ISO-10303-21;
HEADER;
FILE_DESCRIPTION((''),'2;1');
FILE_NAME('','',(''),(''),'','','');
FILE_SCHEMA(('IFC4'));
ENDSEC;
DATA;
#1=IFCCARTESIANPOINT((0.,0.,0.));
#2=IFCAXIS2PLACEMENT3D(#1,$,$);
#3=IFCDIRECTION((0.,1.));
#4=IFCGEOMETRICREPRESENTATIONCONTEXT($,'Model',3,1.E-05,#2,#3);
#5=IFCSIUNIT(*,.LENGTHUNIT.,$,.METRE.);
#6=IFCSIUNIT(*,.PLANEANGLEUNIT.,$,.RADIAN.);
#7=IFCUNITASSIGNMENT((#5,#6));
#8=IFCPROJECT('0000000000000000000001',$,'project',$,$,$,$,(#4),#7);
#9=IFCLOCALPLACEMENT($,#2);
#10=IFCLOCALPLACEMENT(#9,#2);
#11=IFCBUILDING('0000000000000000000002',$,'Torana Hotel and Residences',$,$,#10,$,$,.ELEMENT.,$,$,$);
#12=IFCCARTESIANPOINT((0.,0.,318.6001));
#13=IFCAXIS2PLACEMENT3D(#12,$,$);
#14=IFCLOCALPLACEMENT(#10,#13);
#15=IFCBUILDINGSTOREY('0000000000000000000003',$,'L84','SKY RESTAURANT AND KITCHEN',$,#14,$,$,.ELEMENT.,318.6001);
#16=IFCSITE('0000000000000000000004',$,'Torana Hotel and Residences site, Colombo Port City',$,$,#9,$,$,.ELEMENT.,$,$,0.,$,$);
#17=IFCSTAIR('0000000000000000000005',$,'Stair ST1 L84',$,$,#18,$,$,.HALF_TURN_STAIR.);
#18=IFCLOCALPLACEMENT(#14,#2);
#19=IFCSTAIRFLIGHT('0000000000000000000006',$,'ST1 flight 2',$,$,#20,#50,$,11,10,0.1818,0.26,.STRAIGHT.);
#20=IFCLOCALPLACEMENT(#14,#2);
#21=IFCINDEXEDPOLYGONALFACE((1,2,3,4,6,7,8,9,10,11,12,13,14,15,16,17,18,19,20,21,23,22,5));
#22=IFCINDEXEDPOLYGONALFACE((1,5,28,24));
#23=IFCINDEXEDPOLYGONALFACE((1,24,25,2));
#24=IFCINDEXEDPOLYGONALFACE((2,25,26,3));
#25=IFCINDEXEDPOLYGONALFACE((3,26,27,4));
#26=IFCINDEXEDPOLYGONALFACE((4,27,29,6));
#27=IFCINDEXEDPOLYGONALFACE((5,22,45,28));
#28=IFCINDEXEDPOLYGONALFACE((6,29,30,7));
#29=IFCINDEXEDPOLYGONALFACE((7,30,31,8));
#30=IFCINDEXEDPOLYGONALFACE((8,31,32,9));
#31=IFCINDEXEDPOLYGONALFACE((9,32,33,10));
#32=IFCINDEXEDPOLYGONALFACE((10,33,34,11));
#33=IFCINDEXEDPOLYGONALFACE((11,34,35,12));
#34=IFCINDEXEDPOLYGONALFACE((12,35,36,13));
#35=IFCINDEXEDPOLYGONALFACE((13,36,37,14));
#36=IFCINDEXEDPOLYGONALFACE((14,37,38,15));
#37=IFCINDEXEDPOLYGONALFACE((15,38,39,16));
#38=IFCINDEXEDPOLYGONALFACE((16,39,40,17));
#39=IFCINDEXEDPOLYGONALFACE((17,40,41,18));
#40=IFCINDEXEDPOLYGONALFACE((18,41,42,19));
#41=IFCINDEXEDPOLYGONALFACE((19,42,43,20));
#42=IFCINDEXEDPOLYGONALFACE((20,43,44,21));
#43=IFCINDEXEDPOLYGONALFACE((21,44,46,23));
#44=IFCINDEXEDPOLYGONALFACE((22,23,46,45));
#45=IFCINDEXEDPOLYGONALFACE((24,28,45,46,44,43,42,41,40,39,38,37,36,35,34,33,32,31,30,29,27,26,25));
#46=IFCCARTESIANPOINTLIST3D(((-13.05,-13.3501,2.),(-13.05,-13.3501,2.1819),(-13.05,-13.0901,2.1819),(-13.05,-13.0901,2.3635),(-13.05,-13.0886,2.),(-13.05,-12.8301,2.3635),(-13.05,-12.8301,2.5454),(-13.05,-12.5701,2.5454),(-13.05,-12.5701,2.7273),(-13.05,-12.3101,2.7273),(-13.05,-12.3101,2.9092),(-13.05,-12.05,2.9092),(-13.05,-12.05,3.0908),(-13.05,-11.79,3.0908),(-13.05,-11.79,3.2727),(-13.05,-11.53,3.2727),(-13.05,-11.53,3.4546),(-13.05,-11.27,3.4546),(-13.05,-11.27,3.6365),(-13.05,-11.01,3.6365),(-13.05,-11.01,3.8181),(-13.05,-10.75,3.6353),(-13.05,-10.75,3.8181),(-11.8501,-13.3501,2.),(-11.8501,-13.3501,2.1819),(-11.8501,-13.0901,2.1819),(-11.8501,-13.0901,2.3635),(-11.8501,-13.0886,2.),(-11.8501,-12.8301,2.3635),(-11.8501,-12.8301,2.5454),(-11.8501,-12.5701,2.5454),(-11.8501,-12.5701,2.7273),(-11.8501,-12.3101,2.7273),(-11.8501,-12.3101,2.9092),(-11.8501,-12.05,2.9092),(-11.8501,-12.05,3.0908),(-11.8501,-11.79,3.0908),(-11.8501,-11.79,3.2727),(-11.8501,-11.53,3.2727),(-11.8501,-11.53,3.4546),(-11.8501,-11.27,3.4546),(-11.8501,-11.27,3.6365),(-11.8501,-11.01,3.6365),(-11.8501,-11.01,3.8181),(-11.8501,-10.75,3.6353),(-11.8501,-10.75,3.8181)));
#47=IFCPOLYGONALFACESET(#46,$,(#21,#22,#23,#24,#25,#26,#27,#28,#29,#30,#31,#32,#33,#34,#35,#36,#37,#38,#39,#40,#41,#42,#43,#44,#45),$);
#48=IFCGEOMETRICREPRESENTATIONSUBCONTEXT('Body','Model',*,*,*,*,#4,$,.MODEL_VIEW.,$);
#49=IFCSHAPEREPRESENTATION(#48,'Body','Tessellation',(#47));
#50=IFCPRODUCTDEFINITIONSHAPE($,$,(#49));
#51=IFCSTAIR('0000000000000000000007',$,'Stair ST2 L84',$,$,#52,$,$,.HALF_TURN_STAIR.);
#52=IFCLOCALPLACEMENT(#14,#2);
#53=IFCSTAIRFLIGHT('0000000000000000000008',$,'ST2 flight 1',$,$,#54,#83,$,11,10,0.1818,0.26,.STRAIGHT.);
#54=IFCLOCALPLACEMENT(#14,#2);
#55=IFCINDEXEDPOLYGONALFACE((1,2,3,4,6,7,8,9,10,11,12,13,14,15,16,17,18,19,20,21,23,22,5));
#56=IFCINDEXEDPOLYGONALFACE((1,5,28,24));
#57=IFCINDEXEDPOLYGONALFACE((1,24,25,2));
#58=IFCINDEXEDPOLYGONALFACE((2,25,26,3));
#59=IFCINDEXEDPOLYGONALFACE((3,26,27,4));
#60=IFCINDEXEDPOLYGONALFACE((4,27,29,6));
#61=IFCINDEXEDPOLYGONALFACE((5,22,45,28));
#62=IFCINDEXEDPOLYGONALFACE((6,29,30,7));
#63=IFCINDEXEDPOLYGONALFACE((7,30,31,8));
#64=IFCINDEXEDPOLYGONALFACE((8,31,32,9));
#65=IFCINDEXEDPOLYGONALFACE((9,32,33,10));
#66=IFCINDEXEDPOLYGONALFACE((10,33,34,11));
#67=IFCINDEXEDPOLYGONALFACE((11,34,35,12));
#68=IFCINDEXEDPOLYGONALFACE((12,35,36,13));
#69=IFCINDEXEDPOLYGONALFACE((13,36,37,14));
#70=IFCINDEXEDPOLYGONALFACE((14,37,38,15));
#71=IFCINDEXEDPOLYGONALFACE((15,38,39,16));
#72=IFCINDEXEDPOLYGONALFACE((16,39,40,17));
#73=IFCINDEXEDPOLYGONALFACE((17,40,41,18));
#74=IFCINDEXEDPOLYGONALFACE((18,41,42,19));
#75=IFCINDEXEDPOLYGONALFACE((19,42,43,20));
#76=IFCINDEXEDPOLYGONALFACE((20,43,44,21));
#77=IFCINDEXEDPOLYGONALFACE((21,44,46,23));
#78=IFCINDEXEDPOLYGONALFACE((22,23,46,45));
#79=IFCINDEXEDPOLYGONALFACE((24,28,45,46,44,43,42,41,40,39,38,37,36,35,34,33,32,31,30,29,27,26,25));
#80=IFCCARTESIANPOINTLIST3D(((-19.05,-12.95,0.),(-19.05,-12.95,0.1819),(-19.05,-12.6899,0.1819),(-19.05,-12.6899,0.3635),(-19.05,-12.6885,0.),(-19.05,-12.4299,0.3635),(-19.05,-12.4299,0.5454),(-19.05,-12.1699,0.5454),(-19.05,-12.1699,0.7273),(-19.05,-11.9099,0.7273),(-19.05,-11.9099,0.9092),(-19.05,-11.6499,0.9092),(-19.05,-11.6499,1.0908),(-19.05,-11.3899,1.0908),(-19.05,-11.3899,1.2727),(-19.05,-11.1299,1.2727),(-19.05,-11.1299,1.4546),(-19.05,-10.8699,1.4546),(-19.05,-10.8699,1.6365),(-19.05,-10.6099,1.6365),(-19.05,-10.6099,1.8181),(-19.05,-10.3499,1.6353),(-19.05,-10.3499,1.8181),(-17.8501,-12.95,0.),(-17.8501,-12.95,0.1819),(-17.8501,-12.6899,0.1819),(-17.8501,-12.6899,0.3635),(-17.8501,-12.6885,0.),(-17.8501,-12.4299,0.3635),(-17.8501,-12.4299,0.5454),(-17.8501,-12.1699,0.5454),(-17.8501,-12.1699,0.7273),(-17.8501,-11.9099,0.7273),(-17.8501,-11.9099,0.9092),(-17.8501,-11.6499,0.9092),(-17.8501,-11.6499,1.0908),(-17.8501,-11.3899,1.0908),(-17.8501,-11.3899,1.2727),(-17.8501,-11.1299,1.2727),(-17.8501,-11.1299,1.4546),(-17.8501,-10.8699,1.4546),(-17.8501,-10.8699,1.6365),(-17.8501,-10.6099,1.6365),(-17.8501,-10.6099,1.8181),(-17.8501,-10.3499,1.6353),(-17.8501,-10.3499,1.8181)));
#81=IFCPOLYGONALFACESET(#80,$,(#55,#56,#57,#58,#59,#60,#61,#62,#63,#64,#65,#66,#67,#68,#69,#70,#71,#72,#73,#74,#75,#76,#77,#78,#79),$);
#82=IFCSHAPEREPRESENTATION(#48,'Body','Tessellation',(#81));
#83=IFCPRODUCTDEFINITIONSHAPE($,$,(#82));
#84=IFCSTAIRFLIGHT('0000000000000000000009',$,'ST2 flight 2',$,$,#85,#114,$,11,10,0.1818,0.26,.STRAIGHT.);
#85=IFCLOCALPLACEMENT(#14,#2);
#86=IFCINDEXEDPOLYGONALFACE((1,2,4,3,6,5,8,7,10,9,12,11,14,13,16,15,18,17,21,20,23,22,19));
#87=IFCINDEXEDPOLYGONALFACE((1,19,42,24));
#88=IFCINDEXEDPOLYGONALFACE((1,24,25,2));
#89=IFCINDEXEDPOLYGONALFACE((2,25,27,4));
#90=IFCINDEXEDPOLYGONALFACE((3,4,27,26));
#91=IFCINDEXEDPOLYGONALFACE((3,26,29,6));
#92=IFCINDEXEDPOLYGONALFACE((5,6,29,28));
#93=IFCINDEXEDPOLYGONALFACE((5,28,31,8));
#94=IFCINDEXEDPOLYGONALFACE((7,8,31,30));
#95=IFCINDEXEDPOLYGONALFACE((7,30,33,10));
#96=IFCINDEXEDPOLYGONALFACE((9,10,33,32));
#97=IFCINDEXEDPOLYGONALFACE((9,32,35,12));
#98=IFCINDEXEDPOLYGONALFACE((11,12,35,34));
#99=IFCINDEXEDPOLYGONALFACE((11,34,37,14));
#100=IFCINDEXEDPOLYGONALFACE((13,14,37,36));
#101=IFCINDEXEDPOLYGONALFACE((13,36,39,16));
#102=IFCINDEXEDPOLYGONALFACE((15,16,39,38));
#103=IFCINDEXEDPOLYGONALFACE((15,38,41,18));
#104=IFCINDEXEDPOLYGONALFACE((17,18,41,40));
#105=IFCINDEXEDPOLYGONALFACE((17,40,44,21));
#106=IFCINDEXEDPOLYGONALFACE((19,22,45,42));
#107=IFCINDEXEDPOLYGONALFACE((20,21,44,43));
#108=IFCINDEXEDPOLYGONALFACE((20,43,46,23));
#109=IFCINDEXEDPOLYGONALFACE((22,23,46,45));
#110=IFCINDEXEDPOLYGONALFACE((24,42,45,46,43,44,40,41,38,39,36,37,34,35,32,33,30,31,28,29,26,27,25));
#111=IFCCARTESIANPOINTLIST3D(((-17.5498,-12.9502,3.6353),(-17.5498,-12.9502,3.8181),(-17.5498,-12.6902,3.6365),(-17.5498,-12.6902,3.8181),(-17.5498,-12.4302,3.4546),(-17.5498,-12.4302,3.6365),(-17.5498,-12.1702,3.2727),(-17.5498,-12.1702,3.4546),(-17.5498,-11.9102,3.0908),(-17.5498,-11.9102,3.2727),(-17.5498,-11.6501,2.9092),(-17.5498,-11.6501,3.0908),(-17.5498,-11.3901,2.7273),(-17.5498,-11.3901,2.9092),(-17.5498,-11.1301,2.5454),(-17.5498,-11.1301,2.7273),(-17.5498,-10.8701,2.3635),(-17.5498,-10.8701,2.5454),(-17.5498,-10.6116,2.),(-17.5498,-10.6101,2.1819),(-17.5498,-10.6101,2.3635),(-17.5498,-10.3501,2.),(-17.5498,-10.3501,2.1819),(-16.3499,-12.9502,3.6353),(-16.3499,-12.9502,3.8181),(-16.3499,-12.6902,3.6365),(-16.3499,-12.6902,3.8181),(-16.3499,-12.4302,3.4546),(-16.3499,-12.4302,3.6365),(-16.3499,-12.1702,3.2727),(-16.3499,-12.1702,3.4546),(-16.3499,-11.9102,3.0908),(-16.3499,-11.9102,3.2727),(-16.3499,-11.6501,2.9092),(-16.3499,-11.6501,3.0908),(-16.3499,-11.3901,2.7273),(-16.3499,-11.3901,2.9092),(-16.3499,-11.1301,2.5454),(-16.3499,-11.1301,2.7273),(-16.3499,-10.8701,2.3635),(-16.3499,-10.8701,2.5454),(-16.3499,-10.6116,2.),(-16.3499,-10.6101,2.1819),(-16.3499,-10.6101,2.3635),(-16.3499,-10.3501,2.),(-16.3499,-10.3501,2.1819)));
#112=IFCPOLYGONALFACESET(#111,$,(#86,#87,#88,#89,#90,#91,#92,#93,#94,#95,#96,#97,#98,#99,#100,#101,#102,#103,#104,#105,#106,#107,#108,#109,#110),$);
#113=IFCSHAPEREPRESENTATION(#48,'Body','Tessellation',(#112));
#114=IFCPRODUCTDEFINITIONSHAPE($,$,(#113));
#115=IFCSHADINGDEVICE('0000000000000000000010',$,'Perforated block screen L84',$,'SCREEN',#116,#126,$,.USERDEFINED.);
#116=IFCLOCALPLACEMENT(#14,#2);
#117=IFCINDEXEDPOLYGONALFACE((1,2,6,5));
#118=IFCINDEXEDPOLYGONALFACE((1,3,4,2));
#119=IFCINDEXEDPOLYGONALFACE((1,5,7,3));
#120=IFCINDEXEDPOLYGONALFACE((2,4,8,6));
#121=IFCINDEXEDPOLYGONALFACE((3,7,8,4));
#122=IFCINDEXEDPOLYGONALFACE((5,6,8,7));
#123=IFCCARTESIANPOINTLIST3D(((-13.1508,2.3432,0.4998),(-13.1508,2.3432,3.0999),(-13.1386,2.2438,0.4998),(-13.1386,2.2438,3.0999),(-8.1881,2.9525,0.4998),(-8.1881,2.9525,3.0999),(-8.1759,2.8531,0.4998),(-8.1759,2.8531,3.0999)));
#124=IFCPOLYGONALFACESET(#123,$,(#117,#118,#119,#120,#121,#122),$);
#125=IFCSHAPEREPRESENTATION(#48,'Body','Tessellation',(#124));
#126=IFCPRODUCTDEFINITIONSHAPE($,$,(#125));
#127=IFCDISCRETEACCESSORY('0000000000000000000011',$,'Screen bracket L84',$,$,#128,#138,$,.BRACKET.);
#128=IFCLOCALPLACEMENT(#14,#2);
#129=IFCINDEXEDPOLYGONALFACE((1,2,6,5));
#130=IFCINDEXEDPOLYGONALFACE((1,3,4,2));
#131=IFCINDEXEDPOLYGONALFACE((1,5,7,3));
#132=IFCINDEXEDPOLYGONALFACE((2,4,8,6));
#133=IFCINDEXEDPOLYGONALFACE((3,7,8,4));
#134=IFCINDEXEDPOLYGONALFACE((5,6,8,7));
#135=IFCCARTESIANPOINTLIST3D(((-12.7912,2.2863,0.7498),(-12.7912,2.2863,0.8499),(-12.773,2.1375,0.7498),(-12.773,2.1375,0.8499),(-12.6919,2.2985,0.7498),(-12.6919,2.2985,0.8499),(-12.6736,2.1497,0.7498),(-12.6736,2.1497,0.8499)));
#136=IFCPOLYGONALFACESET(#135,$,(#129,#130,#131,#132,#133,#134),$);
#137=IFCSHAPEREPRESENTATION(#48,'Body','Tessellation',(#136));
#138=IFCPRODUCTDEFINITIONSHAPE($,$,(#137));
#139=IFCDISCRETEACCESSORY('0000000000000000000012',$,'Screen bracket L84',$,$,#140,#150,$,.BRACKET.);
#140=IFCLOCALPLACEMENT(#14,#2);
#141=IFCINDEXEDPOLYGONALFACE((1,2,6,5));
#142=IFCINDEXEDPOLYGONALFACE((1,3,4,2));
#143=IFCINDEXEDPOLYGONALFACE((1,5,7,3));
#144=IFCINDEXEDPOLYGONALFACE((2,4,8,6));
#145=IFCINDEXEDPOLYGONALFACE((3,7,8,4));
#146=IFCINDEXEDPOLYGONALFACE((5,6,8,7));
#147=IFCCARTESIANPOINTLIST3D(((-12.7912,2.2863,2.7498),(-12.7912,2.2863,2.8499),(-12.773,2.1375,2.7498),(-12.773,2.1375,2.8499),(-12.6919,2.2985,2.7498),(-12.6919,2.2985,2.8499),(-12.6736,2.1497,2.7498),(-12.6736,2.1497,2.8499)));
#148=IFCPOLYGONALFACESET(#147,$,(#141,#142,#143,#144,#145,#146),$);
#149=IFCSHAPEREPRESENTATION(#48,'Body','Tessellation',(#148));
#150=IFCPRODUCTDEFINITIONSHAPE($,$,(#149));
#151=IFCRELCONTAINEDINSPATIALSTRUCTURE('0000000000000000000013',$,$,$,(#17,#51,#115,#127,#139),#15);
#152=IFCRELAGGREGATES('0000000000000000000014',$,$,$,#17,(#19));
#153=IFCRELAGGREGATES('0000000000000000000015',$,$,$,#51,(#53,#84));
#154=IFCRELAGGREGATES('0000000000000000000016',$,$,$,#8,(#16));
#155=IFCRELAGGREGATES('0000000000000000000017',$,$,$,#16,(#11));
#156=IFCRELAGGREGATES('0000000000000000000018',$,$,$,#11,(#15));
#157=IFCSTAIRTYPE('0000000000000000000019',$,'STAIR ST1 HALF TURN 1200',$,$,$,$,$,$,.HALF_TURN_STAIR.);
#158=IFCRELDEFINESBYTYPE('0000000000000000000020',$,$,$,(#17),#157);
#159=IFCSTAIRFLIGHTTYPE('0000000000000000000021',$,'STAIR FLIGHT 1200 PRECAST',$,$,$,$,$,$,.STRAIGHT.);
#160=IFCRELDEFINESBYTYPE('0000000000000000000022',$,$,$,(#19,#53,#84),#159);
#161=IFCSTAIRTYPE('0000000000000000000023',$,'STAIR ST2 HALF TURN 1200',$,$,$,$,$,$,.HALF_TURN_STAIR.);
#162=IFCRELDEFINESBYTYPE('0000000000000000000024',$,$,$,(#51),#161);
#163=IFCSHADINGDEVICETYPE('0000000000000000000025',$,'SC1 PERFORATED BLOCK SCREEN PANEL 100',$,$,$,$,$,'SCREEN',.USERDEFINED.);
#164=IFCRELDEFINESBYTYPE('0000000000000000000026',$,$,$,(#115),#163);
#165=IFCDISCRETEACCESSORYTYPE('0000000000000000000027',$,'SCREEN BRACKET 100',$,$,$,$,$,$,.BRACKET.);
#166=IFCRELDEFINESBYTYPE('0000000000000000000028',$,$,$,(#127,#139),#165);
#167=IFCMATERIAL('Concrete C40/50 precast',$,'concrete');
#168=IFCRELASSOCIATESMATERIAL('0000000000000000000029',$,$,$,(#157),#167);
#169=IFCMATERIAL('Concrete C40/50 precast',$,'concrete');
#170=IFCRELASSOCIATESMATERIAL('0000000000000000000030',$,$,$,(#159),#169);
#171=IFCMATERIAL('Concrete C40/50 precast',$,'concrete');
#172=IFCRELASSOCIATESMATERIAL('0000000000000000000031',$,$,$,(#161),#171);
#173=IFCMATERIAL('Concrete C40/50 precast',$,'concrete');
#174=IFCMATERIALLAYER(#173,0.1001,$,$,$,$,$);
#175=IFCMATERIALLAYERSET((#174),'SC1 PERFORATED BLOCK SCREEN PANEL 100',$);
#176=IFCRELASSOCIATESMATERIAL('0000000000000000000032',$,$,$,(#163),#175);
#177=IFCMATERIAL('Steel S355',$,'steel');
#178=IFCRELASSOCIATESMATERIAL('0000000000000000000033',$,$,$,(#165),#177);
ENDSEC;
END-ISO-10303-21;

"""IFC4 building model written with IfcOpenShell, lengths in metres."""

from ifc_helpers import new_model, si_unit, direction, frame, origin, origin_2d, place, context, subcontext, project, spatial, polyline, rectangle, outline, extrude, material, layer, layer_set, type_object, element, aggregate, save


model = new_model("IFC4")

# Units and contexts
model_context = context("Model", 3, precision=1e-05, world=origin(), true_north=direction((0.0, 1.0)))
body_context = subcontext(model_context, "Body", "Model", "MODEL_VIEW")
ifc_project = project(units=[si_unit("LENGTHUNIT", "METRE"), si_unit("PLANEANGLEUNIT", "RADIAN")], contexts=[model_context])

# Site, building, storey
site_placement = place(None, origin())
site = spatial("IfcSite", under=ifc_project, at=site_placement, Name="Torana Hotel and Residences site, Colombo Port City", CompositionType="ELEMENT", RefElevation=0.0)
building_placement = place(site_placement, origin())
building = spatial("IfcBuilding", under=site, at=building_placement, Name="Torana Hotel and Residences", CompositionType="ELEMENT")
storey_placement = place(building_placement, frame((0.0, 0.0, 318.6001)))
storey = spatial("IfcBuildingStorey", under=building, at=storey_placement, Name="L84", Description="SKY RESTAURANT AND KITCHEN", CompositionType="ELEMENT", Elevation=318.6001)

# Stairs, stair flights
ifc_material_1 = material(Name="Concrete C40/50 precast", Category="concrete")
stair_type_1 = type_object("IfcStairType", Name="STAIR ST1 HALF TURN 1200", PredefinedType="HALF_TURN_STAIR", material=ifc_material_1)
stair_1_placement = place(storey_placement, origin())
stair_1 = element("IfcStair", 1, at=stair_1_placement, inside=storey, type_object=stair_type_1, Name="Stair ST1 L84", PredefinedType="HALF_TURN_STAIR")
ifc_material_2 = material(Name="Concrete C40/50 precast", Category="concrete")
stair_flight_type = type_object("IfcStairFlightType", Name="STAIR FLIGHT 1200 PRECAST", PredefinedType="STRAIGHT", material=ifc_material_2)
stair_flight_1_placement = place(storey_placement, frame((-12.45, -13.3501, 2.0), z_axis=(0.0, 0.0, 1.0), x_axis=(0.0, 1.0, 0.0)))
stair_flight_1 = element("IfcStairFlight", 2, at=stair_flight_1_placement, type_object=stair_flight_type, Name="ST1 flight 2", NumberOfRisers=11, NumberOfTreads=10, PredefinedType="STRAIGHT", RiserHeight=0.1818, TreadLength=0.26, context=body_context, shape_type="SweptSolid", body=[
    extrude(outline(polyline([(0.0, 0.0), (0.0, 0.1819), (0.26, 0.1819), (0.26, 0.3635), (0.52, 0.3635), (0.52, 0.5454), (0.78, 0.5454), (0.78, 0.7273), (1.04, 0.7273), (1.04, 0.9092), (1.3, 0.9092), (1.3, 1.0908), (1.5601, 1.0908), (1.5601, 1.2727), (1.8201, 1.2727), (1.8201, 1.4546), (2.0801, 1.4546), (2.0801, 1.6365), (2.3401, 1.6365), (2.3401, 1.8181), (2.6001, 1.8181), (2.6001, 2.0), (2.6001, 1.6353), (0.2615, 0.0), (0.0, 0.0)])), frame((0.0, 0.6001, 0.0), z_axis=(0.0, -1.0, 0.0), x_axis=(1.0, 0.0, 0.0)), (0.0, 0.0, 1.0), 1.2),
])
aggregate(stair_1, [stair_flight_1])
ifc_material_3 = material(Name="Concrete C40/50 precast", Category="concrete")
stair_type_2 = type_object("IfcStairType", Name="STAIR ST2 HALF TURN 1200", PredefinedType="HALF_TURN_STAIR", material=ifc_material_3)
stair_2_placement = place(storey_placement, origin())
stair_2 = element("IfcStair", 3, at=stair_2_placement, inside=storey, type_object=stair_type_2, Name="Stair ST2 L84", PredefinedType="HALF_TURN_STAIR")
stair_flight_2_placement = place(storey_placement, frame((-18.45, -12.95, 0.0), z_axis=(0.0, 0.0, 1.0), x_axis=(0.0, 1.0, 0.0)))
stair_flight_2 = element("IfcStairFlight", 4, at=stair_flight_2_placement, type_object=stair_flight_type, Name="ST2 flight 1", NumberOfRisers=11, NumberOfTreads=10, PredefinedType="STRAIGHT", RiserHeight=0.1818, TreadLength=0.26, context=body_context, shape_type="SweptSolid", body=[
    extrude(outline(polyline([(0.0, 0.0), (0.0, 0.1819), (0.26, 0.1819), (0.26, 0.3635), (0.52, 0.3635), (0.52, 0.5454), (0.78, 0.5454), (0.78, 0.7273), (1.04, 0.7273), (1.04, 0.9092), (1.3, 0.9092), (1.3, 1.0908), (1.5601, 1.0908), (1.5601, 1.2727), (1.8201, 1.2727), (1.8201, 1.4546), (2.0801, 1.4546), (2.0801, 1.6365), (2.3401, 1.6365), (2.3401, 1.8181), (2.6001, 1.8181), (2.6001, 2.0), (2.6001, 1.6353), (0.2615, 0.0), (0.0, 0.0)])), frame((0.0, 0.6001, 0.0), z_axis=(0.0, -1.0, 0.0), x_axis=(1.0, 0.0, 0.0)), (0.0, 0.0, 1.0), 1.2),
])
stair_flight_3_placement = place(storey_placement, frame((-16.95, -10.3501, 2.0), z_axis=(0.0, 0.0, 1.0), x_axis=(0.0, -1.0, 0.0)))
stair_flight_3 = element("IfcStairFlight", 5, at=stair_flight_3_placement, type_object=stair_flight_type, Name="ST2 flight 2", NumberOfRisers=11, NumberOfTreads=10, PredefinedType="STRAIGHT", RiserHeight=0.1818, TreadLength=0.26, context=body_context, shape_type="SweptSolid", body=[
    extrude(outline(polyline([(0.0, 0.0), (0.0, 0.1819), (0.26, 0.1819), (0.26, 0.3635), (0.52, 0.3635), (0.52, 0.5454), (0.78, 0.5454), (0.78, 0.7273), (1.04, 0.7273), (1.04, 0.9092), (1.3, 0.9092), (1.3, 1.0908), (1.5601, 1.0908), (1.5601, 1.2727), (1.8201, 1.2727), (1.8201, 1.4546), (2.0801, 1.4546), (2.0801, 1.6365), (2.3401, 1.6365), (2.3401, 1.8181), (2.6001, 1.8181), (2.6001, 2.0), (2.6001, 1.6353), (0.2615, 0.0), (0.0, 0.0)])), frame((0.0, 0.6001, 0.0), z_axis=(0.0, -1.0, 0.0), x_axis=(1.0, 0.0, 0.0)), (0.0, 0.0, 1.0), 1.2),
])
aggregate(stair_2, [stair_flight_2, stair_flight_3])

# Shading device
ifc_material_4 = material(Name="Concrete C40/50 precast", Category="concrete")
ifc_layer_1 = layer(ifc_material_4, 0.1001)
ifc_layer_set_1 = layer_set([ifc_layer_1], Name="SC1 PERFORATED BLOCK SCREEN PANEL 100")
shading_device_type = type_object("IfcShadingDeviceType", Name="SC1 PERFORATED BLOCK SCREEN PANEL 100", ElementType="SCREEN", PredefinedType="USERDEFINED", material=ifc_layer_set_1)
shading_device_placement = place(storey_placement, frame((-10.6633, 2.5981, 0.4998), z_axis=(0.0, 0.0, 1.0), x_axis=(-0.992547, -0.121866, 0.0)))
element("IfcShadingDevice", 6, at=shading_device_placement, inside=storey, type_object=shading_device_type, Name="Perforated block screen L84", ObjectType="SCREEN", PredefinedType="USERDEFINED", context=body_context, shape_type="SweptSolid", body=[
    extrude(rectangle(XDim=5.0, YDim=0.1001, at=origin_2d()), origin(), (0.0, 0.0, 1.0), 2.6001),
])

# Discrete accessories
ifc_material_5 = material(Name="Steel S355", Category="steel")
discrete_accessory_type = type_object("IfcDiscreteAccessoryType", Name="SCREEN BRACKET 100", PredefinedType="BRACKET", material=ifc_material_5)
for number, where, z_axis, x_axis, name in (
    (7, (-12.7324, 2.218, 0.7498), (0.0, 0.0, 1.0), (-0.992547, -0.121866, 0.0), "Screen bracket L84"),
    (8, (-12.7324, 2.218, 2.7498), (0.0, 0.0, 1.0), (-0.992547, -0.121866, 0.0), "Screen bracket L84"),
):
    element("IfcDiscreteAccessory", number, at=place(storey_placement, frame(where, z_axis=z_axis, x_axis=x_axis)), inside=storey, type_object=discrete_accessory_type, Name=name, PredefinedType="BRACKET", context=body_context, shape_type="SweptSolid", body=[
        extrude(rectangle(XDim=0.1001, YDim=0.1499, at=origin_2d()), origin(), (0.0, 0.0, 1.0), 0.1001),
    ])

save(model, "model.ifc")
